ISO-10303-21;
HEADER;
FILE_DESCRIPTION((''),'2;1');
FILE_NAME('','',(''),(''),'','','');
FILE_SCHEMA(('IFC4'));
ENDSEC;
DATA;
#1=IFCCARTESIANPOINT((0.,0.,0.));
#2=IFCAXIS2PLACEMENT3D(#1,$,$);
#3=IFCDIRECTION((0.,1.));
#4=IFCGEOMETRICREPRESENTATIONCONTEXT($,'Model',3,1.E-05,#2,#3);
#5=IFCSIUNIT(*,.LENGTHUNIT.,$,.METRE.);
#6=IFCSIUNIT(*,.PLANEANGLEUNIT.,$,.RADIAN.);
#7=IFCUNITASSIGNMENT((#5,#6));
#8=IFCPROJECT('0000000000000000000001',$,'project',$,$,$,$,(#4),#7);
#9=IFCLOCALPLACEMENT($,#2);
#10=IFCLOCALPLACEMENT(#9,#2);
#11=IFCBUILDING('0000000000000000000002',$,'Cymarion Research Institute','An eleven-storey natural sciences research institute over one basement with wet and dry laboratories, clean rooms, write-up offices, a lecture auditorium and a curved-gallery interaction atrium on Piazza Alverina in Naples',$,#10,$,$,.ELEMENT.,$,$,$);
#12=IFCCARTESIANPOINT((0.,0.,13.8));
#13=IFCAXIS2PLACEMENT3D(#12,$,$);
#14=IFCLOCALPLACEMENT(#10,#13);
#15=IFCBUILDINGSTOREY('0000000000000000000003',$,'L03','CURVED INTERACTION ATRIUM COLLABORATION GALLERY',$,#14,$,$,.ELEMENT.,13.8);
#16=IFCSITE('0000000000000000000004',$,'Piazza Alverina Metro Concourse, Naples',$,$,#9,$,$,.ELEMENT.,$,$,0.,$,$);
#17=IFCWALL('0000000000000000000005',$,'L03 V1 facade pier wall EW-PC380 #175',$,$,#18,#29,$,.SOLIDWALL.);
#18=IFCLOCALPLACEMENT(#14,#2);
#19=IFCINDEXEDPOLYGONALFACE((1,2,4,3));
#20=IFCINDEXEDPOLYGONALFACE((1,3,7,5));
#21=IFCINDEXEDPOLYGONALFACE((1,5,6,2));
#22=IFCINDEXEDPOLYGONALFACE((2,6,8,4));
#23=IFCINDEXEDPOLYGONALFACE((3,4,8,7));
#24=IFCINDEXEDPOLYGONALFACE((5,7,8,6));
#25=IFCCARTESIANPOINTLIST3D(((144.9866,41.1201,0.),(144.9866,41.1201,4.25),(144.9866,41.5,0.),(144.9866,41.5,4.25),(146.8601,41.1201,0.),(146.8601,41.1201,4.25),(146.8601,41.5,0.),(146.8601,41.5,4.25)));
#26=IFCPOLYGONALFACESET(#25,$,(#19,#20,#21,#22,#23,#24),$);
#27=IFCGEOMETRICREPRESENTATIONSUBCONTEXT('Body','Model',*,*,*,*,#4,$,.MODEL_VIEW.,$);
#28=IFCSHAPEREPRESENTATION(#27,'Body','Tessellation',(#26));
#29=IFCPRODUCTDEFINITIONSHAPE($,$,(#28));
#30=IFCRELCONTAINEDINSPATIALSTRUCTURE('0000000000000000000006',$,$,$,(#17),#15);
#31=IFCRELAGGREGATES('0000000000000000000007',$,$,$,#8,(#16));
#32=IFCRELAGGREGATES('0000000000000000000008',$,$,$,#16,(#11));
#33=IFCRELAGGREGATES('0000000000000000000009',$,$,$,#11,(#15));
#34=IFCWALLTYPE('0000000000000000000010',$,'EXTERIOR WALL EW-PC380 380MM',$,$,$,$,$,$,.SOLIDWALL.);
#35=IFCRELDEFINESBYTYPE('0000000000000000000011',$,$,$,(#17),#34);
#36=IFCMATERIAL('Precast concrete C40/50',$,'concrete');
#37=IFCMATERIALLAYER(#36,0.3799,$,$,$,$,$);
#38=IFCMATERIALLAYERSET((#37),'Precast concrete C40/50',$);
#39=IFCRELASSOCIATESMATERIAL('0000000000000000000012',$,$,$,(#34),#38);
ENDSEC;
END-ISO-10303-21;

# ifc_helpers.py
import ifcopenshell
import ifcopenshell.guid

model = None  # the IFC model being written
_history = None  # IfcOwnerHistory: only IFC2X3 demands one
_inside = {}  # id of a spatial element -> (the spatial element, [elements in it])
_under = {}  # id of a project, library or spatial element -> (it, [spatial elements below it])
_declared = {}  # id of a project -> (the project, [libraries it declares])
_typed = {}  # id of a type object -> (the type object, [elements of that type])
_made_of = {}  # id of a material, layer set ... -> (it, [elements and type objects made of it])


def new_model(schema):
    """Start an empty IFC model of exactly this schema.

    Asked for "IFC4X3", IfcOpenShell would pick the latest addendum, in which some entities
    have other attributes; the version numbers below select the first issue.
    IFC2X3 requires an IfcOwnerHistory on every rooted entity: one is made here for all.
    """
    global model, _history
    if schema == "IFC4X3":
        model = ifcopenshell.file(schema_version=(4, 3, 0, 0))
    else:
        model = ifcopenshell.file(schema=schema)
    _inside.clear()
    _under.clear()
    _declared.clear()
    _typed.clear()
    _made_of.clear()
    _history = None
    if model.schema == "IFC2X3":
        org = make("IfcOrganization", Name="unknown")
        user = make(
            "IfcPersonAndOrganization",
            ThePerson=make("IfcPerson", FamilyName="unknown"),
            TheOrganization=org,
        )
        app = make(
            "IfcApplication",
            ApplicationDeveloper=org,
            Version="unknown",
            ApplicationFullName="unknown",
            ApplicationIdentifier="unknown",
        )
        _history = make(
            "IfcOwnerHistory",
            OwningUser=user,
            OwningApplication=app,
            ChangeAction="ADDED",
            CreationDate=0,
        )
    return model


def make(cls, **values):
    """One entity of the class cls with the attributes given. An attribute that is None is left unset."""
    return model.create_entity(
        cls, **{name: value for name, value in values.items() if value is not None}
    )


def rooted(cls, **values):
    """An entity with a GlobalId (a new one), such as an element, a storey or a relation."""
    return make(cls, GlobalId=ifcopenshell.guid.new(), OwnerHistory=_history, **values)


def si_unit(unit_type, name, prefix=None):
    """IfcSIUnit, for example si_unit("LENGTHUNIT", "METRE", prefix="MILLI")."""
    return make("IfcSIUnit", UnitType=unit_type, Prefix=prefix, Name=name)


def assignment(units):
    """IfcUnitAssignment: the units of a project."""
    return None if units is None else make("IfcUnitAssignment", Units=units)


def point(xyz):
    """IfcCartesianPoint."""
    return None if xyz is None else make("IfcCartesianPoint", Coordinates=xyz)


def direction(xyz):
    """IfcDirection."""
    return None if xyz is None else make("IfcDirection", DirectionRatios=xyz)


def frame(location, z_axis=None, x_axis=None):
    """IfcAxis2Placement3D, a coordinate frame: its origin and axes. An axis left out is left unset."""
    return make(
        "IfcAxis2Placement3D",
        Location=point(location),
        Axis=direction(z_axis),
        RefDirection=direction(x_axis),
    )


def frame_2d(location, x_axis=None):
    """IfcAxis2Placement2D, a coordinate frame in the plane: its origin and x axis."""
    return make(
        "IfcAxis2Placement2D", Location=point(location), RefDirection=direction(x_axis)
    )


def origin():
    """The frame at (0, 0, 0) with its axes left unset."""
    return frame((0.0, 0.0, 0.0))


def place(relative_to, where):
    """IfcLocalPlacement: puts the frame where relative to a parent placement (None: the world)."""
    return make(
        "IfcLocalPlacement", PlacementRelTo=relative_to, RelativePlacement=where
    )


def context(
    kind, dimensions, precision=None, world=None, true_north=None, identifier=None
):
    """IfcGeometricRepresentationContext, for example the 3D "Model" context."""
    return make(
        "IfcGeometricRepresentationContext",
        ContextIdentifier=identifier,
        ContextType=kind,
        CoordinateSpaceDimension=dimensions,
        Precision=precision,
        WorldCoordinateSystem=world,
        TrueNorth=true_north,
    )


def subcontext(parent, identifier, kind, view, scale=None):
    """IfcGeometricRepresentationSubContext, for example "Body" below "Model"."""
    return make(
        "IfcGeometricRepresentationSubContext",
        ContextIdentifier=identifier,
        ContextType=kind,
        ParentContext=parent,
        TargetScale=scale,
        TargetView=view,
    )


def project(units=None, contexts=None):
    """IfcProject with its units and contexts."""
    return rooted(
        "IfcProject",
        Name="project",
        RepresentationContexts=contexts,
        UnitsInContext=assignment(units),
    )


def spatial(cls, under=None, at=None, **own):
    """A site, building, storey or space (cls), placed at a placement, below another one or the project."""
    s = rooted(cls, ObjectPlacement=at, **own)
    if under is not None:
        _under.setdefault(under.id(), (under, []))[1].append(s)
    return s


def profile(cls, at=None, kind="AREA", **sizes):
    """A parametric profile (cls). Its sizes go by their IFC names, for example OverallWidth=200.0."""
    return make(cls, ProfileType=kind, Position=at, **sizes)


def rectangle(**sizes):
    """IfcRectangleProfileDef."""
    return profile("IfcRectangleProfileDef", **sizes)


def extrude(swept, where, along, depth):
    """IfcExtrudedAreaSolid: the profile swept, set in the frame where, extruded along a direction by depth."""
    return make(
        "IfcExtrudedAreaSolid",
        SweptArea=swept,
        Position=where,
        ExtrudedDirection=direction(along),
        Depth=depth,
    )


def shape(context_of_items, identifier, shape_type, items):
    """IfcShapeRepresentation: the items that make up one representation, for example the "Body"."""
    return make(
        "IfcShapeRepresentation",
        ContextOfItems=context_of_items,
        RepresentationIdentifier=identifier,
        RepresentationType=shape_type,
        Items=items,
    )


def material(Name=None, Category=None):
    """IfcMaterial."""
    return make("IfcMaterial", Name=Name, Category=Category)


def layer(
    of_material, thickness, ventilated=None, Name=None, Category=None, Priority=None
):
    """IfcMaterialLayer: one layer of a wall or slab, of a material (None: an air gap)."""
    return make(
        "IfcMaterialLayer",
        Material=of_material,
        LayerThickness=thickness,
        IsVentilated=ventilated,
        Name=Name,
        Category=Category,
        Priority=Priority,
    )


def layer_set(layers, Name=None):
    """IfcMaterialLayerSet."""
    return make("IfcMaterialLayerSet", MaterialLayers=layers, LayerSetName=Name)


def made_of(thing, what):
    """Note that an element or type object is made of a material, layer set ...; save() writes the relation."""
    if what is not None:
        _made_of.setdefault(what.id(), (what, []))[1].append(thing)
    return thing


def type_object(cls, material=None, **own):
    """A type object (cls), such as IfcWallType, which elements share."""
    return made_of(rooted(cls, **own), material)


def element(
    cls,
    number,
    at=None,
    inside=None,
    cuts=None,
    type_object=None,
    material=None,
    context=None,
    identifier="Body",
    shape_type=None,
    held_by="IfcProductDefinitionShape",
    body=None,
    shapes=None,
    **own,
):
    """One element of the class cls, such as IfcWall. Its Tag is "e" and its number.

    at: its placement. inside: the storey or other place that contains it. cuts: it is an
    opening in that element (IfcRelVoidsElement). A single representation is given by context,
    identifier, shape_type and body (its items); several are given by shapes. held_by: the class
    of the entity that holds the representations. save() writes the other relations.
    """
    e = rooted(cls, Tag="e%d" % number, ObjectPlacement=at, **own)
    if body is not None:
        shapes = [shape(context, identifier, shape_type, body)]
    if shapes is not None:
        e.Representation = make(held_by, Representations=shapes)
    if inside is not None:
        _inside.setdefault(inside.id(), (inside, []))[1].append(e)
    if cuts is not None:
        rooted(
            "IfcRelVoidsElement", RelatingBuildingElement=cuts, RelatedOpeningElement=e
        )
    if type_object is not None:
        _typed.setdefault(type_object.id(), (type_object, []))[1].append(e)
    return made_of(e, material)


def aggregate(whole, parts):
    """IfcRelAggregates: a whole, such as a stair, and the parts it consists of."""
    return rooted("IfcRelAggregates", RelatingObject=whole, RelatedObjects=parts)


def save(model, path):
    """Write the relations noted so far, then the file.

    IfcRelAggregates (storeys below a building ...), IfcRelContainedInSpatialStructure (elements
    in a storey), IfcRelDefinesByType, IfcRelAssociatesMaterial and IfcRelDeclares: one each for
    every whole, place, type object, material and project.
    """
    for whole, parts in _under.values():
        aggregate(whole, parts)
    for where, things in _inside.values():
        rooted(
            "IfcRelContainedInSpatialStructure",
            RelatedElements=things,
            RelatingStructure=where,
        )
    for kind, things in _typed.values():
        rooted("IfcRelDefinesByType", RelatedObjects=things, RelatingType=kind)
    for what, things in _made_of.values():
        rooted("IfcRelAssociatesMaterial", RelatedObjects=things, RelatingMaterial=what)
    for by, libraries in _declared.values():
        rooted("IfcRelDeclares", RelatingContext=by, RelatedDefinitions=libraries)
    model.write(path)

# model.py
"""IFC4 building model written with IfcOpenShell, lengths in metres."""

from ifc_helpers import new_model, si_unit, direction, frame, frame_2d, origin, place, context, subcontext, project, spatial, rectangle, extrude, material, layer, layer_set, type_object, element, save


model = new_model("IFC4")

# Units and contexts
model_context = context("Model", 3, precision=1e-05, world=origin(), true_north=direction((0.0, 1.0)))
body_context = subcontext(model_context, "Body", "Model", "MODEL_VIEW")
ifc_project = project(units=[si_unit("LENGTHUNIT", "METRE"), si_unit("PLANEANGLEUNIT", "RADIAN")], contexts=[model_context])

# Site, building, storey
site_placement = place(None, origin())
site = spatial("IfcSite", under=ifc_project, at=site_placement, Name="Piazza Alverina Metro Concourse, Naples", CompositionType="ELEMENT", RefElevation=0.0)
building_placement = place(site_placement, origin())
building = spatial("IfcBuilding", under=site, at=building_placement, Name="Cymarion Research Institute", Description="An eleven-storey natural sciences research institute over one basement with wet and dry laboratories, clean rooms, write-up offices, a lecture auditorium and a curved-gallery interaction atrium on Piazza Alverina in Naples", CompositionType="ELEMENT")
storey_placement = place(building_placement, frame((0.0, 0.0, 13.8)))
storey = spatial("IfcBuildingStorey", under=building, at=storey_placement, Name="L03", Description="CURVED INTERACTION ATRIUM COLLABORATION GALLERY", CompositionType="ELEMENT", Elevation=13.8)

# Wall
ifc_material_1 = material(Name="Precast concrete C40/50", Category="concrete")
ifc_layer_1 = layer(ifc_material_1, 0.3799)
ifc_layer_set_1 = layer_set([ifc_layer_1], Name="Precast concrete C40/50")
wall_type = type_object("IfcWallType", Name="EXTERIOR WALL EW-PC380 380MM", PredefinedType="SOLIDWALL", material=ifc_layer_set_1)
wall_placement = place(storey_placement, frame((146.8601, 41.3101, 0.0), z_axis=(0.0, 0.0, 1.0), x_axis=(-1.0, 0.0, 0.0)))
element("IfcWall", 1, at=wall_placement, inside=storey, type_object=wall_type, Name="L03 V1 facade pier wall EW-PC380 #175", PredefinedType="SOLIDWALL", context=body_context, shape_type="SweptSolid", body=[
    extrude(rectangle(XDim=1.8735, YDim=0.3799, at=frame_2d((0.9368, 0.0))), origin(), (0.0, 0.0, 1.0), 4.25),
])

save(model, "model.ifc")
